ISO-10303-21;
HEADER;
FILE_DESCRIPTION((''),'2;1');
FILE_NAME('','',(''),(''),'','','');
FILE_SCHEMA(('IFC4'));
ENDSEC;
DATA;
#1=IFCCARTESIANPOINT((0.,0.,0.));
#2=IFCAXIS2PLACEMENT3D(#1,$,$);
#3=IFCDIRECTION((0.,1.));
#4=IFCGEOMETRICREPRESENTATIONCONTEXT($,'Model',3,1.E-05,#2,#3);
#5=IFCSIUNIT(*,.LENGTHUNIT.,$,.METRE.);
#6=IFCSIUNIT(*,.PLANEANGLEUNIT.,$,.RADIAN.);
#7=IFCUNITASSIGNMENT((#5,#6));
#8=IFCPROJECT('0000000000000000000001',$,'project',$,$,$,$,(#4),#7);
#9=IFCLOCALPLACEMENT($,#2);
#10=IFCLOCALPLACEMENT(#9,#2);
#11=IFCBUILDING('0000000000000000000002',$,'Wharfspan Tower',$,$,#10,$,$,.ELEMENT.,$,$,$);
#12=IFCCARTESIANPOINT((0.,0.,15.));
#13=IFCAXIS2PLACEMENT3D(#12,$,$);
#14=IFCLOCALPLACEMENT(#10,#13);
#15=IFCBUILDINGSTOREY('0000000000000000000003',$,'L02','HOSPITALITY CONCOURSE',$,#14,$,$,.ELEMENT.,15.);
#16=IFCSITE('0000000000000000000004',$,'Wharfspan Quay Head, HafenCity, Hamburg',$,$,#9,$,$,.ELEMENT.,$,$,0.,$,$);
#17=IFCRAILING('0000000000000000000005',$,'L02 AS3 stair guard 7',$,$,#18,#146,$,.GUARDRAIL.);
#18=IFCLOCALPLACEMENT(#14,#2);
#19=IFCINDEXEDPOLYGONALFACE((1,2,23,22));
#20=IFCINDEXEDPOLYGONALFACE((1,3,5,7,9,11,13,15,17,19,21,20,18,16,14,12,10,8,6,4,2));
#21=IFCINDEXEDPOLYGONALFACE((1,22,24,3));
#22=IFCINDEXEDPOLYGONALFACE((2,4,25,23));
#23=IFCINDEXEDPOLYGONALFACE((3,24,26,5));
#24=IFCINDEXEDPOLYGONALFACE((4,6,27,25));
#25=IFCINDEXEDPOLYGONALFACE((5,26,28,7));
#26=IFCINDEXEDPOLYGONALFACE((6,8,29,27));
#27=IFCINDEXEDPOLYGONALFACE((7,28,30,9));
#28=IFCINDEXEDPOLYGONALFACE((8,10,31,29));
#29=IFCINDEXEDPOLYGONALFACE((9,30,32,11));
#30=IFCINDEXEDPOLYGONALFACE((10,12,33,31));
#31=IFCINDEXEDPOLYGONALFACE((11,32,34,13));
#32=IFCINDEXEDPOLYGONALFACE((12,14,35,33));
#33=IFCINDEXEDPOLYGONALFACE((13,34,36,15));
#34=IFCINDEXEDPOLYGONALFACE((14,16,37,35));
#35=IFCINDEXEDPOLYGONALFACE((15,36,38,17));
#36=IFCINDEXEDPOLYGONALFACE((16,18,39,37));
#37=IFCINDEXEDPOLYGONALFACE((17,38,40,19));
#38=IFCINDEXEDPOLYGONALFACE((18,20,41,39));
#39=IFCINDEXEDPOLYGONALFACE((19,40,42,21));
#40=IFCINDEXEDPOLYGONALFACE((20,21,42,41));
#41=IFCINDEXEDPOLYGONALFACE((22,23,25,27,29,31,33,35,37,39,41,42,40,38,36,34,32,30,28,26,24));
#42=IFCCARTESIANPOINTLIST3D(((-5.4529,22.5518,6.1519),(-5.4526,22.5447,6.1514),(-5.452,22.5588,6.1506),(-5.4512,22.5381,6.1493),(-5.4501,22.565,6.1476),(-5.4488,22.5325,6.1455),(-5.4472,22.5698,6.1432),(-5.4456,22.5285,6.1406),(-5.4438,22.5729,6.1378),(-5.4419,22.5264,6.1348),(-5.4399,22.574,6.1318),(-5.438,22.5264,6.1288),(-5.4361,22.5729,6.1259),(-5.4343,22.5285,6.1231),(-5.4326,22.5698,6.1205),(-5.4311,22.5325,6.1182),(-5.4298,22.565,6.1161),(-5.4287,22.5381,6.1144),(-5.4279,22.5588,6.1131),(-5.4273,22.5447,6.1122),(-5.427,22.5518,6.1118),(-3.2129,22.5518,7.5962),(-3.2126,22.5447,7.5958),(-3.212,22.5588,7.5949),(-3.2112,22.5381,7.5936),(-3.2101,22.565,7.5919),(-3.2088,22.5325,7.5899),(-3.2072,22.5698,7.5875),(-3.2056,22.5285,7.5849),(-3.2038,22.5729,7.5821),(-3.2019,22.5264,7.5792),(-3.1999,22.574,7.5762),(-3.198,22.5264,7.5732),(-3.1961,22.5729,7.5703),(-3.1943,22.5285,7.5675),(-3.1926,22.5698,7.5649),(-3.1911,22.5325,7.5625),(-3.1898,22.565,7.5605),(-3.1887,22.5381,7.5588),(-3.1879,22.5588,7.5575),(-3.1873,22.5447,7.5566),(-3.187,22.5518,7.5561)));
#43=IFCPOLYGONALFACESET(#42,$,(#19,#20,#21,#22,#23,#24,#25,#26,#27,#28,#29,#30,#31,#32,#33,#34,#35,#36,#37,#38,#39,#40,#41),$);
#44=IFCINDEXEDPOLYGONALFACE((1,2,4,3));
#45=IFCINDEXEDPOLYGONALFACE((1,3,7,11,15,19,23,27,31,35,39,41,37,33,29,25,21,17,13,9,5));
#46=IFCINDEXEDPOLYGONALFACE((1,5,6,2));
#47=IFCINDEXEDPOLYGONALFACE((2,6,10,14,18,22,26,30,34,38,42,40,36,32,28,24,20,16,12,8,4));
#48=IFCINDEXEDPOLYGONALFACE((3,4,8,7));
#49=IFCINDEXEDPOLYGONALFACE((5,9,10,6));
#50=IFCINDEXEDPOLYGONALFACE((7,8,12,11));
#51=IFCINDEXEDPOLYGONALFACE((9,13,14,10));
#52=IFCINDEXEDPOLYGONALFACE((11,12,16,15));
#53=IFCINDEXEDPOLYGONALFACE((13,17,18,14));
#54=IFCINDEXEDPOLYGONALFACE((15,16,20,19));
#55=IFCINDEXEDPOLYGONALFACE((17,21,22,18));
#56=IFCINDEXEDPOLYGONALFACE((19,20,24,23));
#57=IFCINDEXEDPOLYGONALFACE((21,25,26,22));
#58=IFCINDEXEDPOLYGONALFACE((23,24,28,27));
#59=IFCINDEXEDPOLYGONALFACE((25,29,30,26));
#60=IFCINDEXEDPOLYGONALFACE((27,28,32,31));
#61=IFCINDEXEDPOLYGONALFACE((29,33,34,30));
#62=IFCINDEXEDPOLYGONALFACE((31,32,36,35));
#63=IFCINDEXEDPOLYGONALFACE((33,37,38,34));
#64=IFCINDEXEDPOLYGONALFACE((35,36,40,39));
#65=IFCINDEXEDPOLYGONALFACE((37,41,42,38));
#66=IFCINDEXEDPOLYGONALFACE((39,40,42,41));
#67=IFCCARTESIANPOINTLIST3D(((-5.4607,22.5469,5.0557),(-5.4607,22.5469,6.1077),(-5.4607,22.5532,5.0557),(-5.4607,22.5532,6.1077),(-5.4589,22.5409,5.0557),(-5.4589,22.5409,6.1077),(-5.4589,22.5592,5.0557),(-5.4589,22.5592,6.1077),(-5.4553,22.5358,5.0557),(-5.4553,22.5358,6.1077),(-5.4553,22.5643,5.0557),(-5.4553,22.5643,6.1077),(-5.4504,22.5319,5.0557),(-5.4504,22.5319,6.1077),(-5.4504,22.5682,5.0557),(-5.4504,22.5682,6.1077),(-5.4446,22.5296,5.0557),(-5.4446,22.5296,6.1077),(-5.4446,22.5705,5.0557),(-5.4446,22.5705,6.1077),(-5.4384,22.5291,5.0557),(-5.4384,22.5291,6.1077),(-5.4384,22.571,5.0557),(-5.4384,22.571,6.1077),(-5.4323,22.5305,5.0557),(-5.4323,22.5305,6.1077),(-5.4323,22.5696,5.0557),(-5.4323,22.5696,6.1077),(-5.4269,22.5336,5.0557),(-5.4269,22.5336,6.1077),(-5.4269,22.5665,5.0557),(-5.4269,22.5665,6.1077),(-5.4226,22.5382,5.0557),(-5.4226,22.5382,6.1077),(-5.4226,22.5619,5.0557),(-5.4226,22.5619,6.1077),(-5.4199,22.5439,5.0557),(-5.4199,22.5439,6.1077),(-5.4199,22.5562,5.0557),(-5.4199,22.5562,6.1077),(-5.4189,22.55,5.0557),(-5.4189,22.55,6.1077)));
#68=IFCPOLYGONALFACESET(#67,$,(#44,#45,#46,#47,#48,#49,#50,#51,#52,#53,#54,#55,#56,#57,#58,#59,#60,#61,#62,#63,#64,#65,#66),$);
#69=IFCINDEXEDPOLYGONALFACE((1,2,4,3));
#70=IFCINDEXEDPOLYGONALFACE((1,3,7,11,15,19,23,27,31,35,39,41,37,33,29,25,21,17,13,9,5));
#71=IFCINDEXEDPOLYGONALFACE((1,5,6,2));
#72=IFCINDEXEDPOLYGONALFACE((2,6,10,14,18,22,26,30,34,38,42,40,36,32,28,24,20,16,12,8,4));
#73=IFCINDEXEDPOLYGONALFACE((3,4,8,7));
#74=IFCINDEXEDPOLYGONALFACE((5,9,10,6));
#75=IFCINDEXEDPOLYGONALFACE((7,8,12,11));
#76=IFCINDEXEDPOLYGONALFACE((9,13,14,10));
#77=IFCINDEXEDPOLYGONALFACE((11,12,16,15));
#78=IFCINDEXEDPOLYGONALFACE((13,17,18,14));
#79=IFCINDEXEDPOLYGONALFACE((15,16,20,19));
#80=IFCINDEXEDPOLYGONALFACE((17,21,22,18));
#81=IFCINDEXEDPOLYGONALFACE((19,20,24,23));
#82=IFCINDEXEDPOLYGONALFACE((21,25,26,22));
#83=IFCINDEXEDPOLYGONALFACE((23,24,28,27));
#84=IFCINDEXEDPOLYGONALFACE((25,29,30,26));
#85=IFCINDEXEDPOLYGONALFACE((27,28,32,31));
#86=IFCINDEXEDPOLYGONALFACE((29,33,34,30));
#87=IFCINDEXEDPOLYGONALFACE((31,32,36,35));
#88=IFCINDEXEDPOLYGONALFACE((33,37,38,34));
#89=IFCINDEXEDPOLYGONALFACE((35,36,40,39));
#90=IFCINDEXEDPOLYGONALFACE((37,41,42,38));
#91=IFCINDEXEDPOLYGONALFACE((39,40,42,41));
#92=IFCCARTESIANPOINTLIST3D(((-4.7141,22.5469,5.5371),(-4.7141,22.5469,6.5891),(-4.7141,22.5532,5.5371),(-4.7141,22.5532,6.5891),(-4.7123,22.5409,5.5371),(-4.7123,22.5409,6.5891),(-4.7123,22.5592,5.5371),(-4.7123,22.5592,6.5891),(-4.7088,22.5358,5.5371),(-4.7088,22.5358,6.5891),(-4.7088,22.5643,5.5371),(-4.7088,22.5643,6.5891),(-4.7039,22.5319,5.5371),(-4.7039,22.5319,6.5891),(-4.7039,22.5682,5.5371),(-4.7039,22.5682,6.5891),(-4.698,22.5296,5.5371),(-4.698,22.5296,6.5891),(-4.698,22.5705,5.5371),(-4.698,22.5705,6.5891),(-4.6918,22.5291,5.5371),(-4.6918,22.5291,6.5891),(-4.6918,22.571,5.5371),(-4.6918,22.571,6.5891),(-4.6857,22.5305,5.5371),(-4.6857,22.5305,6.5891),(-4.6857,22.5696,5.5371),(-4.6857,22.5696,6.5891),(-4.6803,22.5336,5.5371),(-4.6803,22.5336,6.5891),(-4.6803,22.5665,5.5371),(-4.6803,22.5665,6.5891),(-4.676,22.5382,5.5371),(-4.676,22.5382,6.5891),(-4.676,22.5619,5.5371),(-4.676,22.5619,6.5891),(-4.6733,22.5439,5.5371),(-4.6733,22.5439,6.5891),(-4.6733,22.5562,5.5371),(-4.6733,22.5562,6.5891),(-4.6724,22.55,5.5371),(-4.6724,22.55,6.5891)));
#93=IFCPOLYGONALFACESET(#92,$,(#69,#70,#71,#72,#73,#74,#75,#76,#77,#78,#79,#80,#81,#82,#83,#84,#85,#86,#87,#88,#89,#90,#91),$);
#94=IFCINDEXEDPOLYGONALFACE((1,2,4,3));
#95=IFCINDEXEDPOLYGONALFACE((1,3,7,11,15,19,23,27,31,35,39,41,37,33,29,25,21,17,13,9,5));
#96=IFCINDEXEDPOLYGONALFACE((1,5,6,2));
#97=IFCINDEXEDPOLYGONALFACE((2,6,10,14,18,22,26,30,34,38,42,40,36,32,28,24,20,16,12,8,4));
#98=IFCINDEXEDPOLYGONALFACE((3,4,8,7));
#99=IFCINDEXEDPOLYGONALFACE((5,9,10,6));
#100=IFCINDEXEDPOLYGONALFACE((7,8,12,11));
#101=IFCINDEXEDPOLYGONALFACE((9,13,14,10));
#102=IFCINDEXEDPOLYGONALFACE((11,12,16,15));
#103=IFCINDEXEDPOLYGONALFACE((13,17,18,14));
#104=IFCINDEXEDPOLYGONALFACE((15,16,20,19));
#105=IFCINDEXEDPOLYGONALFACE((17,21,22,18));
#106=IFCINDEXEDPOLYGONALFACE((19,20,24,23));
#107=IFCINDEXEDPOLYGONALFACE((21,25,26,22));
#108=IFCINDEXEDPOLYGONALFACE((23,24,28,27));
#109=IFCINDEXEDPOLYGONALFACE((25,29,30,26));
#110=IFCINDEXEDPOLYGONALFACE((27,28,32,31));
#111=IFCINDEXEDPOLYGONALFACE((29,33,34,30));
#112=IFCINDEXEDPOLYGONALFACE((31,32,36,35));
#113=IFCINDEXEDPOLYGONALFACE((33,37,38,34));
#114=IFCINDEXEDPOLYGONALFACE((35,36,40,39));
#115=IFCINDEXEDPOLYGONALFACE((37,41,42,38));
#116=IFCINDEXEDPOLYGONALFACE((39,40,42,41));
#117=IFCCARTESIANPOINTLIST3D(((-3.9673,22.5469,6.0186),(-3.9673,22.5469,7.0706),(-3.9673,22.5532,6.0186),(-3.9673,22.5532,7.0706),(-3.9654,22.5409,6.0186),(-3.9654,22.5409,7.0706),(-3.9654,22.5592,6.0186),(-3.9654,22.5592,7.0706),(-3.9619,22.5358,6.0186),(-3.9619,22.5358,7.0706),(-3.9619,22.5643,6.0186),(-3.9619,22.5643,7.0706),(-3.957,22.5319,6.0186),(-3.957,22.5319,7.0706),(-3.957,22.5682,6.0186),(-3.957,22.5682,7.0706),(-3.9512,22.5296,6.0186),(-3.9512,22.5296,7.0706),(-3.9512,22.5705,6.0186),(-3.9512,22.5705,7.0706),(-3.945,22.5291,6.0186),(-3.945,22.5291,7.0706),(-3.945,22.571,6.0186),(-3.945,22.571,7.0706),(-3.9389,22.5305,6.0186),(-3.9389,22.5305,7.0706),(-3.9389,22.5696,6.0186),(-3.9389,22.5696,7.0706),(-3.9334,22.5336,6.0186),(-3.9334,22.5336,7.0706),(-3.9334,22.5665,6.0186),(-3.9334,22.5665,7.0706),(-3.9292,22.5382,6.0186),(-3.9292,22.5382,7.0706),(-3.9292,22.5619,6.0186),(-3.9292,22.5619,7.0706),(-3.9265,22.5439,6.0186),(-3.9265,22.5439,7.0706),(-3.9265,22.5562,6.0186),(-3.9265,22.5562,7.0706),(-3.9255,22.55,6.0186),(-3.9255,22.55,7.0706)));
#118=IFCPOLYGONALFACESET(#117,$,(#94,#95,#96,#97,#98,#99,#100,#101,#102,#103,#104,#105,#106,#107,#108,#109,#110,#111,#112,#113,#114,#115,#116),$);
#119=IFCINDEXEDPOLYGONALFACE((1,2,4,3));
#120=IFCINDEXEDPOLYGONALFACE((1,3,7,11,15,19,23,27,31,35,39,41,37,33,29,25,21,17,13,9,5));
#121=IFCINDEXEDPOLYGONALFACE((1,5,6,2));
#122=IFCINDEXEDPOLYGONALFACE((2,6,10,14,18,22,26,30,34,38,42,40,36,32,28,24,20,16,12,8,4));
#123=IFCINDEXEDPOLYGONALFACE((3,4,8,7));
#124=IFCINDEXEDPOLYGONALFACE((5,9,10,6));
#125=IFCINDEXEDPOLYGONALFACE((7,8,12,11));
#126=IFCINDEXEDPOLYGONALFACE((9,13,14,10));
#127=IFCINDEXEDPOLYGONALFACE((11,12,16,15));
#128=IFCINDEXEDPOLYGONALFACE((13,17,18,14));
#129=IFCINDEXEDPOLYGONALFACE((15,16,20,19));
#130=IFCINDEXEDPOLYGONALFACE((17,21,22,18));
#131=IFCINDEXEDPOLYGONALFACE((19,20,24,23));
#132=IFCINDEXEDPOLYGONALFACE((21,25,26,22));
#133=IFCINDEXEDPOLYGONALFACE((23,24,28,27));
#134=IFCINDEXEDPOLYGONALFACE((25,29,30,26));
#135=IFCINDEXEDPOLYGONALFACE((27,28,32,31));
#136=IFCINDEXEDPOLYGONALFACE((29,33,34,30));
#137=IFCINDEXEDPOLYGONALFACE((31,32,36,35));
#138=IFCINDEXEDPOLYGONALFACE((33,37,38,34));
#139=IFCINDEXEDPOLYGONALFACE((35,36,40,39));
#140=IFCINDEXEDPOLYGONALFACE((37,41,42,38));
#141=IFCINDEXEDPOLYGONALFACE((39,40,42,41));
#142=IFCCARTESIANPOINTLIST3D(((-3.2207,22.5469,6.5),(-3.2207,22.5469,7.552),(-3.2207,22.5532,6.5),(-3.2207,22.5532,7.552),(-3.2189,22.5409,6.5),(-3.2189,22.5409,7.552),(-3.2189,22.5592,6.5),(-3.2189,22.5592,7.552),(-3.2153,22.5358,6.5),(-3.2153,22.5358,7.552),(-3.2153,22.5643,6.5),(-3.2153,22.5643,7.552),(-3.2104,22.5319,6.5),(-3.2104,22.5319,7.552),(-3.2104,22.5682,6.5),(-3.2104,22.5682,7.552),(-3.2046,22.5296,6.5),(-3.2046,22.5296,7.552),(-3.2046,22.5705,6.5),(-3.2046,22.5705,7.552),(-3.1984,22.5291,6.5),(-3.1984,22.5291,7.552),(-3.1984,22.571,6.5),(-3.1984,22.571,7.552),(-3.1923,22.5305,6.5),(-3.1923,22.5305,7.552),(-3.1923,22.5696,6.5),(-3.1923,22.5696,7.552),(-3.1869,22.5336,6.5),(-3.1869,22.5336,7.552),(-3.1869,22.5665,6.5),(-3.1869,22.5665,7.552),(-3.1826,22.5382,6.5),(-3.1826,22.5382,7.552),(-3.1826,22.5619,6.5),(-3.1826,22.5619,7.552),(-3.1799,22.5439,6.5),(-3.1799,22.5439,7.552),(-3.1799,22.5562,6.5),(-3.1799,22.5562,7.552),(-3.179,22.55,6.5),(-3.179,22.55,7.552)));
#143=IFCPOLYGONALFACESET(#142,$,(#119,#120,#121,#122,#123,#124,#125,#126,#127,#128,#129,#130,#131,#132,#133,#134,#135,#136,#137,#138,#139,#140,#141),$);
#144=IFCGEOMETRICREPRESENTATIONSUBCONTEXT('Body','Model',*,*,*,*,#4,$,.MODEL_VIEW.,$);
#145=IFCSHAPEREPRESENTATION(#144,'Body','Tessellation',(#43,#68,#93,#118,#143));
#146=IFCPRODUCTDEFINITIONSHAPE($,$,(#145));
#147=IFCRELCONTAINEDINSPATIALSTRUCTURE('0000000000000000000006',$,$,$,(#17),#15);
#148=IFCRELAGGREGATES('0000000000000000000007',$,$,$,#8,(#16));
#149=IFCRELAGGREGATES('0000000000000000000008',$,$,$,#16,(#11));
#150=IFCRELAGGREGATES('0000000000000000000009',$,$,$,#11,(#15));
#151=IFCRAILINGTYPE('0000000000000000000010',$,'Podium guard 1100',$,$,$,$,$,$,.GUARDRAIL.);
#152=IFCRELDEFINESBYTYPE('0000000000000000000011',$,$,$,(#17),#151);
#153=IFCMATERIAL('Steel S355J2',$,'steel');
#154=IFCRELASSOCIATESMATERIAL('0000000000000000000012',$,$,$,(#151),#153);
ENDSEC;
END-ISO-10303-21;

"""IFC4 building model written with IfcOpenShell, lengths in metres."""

from ifc_helpers import new_model, si_unit, direction, frame, origin, origin_2d, place, context, subcontext, project, spatial, circle, extrude, material, type_object, element, save


model = new_model("IFC4")

# Units and contexts
model_context = context("Model", 3, precision=1e-05, world=origin(), true_north=direction((0.0, 1.0)))
body_context = subcontext(model_context, "Body", "Model", "MODEL_VIEW")
ifc_project = project(units=[si_unit("LENGTHUNIT", "METRE"), si_unit("PLANEANGLEUNIT", "RADIAN")], contexts=[model_context])

# Site, building, storey
site_placement = place(None, origin())
site = spatial("IfcSite", under=ifc_project, at=site_placement, Name="Wharfspan Quay Head, HafenCity, Hamburg", CompositionType="ELEMENT", RefElevation=0.0)
building_placement = place(site_placement, origin())
building = spatial("IfcBuilding", under=site, at=building_placement, Name="Wharfspan Tower", CompositionType="ELEMENT")
storey_placement = place(building_placement, frame((0.0, 0.0, 15.0)))
storey = spatial("IfcBuildingStorey", under=building, at=storey_placement, Name="L02", Description="HOSPITALITY CONCOURSE", CompositionType="ELEMENT", Elevation=15.0)

# Railing
ifc_material_1 = material(Name="Steel S355J2", Category="steel")
railing_type_1 = type_object("IfcRailingType", Name="Podium guard 1100", PredefinedType="GUARDRAIL", material=ifc_material_1)
railing_1_placement = place(storey_placement, frame((-5.4399, 22.55, 5.0557)))
element("IfcRailing", 1, at=railing_1_placement, inside=storey, type_object=railing_type_1, Name="L02 AS3 stair guard 7", PredefinedType="GUARDRAIL", context=body_context, shape_type="SweptSolid", body=[
    extrude(circle(Radius=0.0239, at=origin_2d()), frame((0.0, 0.0, 1.0762), z_axis=(0.840437, 0.0, 0.54191), x_axis=(0.0, 1.0, 0.0)), (0.0, 0.0, 1.0), 2.6653),
    extrude(circle(Radius=0.021, at=origin_2d()), origin(), (0.0, 0.0, 1.0), 1.052),
    extrude(circle(Radius=0.021, at=origin_2d()), frame((0.7466, 0.0, 0.4814)), (0.0, 0.0, 1.0), 1.052),
    extrude(circle(Radius=0.021, at=origin_2d()), frame((1.4934, 0.0, 0.9629)), (0.0, 0.0, 1.0), 1.052),
    extrude(circle(Radius=0.021, at=origin_2d()), frame((2.24, 0.0, 1.4443)), (0.0, 0.0, 1.0), 1.052),
])

save(model, "model.ifc")
